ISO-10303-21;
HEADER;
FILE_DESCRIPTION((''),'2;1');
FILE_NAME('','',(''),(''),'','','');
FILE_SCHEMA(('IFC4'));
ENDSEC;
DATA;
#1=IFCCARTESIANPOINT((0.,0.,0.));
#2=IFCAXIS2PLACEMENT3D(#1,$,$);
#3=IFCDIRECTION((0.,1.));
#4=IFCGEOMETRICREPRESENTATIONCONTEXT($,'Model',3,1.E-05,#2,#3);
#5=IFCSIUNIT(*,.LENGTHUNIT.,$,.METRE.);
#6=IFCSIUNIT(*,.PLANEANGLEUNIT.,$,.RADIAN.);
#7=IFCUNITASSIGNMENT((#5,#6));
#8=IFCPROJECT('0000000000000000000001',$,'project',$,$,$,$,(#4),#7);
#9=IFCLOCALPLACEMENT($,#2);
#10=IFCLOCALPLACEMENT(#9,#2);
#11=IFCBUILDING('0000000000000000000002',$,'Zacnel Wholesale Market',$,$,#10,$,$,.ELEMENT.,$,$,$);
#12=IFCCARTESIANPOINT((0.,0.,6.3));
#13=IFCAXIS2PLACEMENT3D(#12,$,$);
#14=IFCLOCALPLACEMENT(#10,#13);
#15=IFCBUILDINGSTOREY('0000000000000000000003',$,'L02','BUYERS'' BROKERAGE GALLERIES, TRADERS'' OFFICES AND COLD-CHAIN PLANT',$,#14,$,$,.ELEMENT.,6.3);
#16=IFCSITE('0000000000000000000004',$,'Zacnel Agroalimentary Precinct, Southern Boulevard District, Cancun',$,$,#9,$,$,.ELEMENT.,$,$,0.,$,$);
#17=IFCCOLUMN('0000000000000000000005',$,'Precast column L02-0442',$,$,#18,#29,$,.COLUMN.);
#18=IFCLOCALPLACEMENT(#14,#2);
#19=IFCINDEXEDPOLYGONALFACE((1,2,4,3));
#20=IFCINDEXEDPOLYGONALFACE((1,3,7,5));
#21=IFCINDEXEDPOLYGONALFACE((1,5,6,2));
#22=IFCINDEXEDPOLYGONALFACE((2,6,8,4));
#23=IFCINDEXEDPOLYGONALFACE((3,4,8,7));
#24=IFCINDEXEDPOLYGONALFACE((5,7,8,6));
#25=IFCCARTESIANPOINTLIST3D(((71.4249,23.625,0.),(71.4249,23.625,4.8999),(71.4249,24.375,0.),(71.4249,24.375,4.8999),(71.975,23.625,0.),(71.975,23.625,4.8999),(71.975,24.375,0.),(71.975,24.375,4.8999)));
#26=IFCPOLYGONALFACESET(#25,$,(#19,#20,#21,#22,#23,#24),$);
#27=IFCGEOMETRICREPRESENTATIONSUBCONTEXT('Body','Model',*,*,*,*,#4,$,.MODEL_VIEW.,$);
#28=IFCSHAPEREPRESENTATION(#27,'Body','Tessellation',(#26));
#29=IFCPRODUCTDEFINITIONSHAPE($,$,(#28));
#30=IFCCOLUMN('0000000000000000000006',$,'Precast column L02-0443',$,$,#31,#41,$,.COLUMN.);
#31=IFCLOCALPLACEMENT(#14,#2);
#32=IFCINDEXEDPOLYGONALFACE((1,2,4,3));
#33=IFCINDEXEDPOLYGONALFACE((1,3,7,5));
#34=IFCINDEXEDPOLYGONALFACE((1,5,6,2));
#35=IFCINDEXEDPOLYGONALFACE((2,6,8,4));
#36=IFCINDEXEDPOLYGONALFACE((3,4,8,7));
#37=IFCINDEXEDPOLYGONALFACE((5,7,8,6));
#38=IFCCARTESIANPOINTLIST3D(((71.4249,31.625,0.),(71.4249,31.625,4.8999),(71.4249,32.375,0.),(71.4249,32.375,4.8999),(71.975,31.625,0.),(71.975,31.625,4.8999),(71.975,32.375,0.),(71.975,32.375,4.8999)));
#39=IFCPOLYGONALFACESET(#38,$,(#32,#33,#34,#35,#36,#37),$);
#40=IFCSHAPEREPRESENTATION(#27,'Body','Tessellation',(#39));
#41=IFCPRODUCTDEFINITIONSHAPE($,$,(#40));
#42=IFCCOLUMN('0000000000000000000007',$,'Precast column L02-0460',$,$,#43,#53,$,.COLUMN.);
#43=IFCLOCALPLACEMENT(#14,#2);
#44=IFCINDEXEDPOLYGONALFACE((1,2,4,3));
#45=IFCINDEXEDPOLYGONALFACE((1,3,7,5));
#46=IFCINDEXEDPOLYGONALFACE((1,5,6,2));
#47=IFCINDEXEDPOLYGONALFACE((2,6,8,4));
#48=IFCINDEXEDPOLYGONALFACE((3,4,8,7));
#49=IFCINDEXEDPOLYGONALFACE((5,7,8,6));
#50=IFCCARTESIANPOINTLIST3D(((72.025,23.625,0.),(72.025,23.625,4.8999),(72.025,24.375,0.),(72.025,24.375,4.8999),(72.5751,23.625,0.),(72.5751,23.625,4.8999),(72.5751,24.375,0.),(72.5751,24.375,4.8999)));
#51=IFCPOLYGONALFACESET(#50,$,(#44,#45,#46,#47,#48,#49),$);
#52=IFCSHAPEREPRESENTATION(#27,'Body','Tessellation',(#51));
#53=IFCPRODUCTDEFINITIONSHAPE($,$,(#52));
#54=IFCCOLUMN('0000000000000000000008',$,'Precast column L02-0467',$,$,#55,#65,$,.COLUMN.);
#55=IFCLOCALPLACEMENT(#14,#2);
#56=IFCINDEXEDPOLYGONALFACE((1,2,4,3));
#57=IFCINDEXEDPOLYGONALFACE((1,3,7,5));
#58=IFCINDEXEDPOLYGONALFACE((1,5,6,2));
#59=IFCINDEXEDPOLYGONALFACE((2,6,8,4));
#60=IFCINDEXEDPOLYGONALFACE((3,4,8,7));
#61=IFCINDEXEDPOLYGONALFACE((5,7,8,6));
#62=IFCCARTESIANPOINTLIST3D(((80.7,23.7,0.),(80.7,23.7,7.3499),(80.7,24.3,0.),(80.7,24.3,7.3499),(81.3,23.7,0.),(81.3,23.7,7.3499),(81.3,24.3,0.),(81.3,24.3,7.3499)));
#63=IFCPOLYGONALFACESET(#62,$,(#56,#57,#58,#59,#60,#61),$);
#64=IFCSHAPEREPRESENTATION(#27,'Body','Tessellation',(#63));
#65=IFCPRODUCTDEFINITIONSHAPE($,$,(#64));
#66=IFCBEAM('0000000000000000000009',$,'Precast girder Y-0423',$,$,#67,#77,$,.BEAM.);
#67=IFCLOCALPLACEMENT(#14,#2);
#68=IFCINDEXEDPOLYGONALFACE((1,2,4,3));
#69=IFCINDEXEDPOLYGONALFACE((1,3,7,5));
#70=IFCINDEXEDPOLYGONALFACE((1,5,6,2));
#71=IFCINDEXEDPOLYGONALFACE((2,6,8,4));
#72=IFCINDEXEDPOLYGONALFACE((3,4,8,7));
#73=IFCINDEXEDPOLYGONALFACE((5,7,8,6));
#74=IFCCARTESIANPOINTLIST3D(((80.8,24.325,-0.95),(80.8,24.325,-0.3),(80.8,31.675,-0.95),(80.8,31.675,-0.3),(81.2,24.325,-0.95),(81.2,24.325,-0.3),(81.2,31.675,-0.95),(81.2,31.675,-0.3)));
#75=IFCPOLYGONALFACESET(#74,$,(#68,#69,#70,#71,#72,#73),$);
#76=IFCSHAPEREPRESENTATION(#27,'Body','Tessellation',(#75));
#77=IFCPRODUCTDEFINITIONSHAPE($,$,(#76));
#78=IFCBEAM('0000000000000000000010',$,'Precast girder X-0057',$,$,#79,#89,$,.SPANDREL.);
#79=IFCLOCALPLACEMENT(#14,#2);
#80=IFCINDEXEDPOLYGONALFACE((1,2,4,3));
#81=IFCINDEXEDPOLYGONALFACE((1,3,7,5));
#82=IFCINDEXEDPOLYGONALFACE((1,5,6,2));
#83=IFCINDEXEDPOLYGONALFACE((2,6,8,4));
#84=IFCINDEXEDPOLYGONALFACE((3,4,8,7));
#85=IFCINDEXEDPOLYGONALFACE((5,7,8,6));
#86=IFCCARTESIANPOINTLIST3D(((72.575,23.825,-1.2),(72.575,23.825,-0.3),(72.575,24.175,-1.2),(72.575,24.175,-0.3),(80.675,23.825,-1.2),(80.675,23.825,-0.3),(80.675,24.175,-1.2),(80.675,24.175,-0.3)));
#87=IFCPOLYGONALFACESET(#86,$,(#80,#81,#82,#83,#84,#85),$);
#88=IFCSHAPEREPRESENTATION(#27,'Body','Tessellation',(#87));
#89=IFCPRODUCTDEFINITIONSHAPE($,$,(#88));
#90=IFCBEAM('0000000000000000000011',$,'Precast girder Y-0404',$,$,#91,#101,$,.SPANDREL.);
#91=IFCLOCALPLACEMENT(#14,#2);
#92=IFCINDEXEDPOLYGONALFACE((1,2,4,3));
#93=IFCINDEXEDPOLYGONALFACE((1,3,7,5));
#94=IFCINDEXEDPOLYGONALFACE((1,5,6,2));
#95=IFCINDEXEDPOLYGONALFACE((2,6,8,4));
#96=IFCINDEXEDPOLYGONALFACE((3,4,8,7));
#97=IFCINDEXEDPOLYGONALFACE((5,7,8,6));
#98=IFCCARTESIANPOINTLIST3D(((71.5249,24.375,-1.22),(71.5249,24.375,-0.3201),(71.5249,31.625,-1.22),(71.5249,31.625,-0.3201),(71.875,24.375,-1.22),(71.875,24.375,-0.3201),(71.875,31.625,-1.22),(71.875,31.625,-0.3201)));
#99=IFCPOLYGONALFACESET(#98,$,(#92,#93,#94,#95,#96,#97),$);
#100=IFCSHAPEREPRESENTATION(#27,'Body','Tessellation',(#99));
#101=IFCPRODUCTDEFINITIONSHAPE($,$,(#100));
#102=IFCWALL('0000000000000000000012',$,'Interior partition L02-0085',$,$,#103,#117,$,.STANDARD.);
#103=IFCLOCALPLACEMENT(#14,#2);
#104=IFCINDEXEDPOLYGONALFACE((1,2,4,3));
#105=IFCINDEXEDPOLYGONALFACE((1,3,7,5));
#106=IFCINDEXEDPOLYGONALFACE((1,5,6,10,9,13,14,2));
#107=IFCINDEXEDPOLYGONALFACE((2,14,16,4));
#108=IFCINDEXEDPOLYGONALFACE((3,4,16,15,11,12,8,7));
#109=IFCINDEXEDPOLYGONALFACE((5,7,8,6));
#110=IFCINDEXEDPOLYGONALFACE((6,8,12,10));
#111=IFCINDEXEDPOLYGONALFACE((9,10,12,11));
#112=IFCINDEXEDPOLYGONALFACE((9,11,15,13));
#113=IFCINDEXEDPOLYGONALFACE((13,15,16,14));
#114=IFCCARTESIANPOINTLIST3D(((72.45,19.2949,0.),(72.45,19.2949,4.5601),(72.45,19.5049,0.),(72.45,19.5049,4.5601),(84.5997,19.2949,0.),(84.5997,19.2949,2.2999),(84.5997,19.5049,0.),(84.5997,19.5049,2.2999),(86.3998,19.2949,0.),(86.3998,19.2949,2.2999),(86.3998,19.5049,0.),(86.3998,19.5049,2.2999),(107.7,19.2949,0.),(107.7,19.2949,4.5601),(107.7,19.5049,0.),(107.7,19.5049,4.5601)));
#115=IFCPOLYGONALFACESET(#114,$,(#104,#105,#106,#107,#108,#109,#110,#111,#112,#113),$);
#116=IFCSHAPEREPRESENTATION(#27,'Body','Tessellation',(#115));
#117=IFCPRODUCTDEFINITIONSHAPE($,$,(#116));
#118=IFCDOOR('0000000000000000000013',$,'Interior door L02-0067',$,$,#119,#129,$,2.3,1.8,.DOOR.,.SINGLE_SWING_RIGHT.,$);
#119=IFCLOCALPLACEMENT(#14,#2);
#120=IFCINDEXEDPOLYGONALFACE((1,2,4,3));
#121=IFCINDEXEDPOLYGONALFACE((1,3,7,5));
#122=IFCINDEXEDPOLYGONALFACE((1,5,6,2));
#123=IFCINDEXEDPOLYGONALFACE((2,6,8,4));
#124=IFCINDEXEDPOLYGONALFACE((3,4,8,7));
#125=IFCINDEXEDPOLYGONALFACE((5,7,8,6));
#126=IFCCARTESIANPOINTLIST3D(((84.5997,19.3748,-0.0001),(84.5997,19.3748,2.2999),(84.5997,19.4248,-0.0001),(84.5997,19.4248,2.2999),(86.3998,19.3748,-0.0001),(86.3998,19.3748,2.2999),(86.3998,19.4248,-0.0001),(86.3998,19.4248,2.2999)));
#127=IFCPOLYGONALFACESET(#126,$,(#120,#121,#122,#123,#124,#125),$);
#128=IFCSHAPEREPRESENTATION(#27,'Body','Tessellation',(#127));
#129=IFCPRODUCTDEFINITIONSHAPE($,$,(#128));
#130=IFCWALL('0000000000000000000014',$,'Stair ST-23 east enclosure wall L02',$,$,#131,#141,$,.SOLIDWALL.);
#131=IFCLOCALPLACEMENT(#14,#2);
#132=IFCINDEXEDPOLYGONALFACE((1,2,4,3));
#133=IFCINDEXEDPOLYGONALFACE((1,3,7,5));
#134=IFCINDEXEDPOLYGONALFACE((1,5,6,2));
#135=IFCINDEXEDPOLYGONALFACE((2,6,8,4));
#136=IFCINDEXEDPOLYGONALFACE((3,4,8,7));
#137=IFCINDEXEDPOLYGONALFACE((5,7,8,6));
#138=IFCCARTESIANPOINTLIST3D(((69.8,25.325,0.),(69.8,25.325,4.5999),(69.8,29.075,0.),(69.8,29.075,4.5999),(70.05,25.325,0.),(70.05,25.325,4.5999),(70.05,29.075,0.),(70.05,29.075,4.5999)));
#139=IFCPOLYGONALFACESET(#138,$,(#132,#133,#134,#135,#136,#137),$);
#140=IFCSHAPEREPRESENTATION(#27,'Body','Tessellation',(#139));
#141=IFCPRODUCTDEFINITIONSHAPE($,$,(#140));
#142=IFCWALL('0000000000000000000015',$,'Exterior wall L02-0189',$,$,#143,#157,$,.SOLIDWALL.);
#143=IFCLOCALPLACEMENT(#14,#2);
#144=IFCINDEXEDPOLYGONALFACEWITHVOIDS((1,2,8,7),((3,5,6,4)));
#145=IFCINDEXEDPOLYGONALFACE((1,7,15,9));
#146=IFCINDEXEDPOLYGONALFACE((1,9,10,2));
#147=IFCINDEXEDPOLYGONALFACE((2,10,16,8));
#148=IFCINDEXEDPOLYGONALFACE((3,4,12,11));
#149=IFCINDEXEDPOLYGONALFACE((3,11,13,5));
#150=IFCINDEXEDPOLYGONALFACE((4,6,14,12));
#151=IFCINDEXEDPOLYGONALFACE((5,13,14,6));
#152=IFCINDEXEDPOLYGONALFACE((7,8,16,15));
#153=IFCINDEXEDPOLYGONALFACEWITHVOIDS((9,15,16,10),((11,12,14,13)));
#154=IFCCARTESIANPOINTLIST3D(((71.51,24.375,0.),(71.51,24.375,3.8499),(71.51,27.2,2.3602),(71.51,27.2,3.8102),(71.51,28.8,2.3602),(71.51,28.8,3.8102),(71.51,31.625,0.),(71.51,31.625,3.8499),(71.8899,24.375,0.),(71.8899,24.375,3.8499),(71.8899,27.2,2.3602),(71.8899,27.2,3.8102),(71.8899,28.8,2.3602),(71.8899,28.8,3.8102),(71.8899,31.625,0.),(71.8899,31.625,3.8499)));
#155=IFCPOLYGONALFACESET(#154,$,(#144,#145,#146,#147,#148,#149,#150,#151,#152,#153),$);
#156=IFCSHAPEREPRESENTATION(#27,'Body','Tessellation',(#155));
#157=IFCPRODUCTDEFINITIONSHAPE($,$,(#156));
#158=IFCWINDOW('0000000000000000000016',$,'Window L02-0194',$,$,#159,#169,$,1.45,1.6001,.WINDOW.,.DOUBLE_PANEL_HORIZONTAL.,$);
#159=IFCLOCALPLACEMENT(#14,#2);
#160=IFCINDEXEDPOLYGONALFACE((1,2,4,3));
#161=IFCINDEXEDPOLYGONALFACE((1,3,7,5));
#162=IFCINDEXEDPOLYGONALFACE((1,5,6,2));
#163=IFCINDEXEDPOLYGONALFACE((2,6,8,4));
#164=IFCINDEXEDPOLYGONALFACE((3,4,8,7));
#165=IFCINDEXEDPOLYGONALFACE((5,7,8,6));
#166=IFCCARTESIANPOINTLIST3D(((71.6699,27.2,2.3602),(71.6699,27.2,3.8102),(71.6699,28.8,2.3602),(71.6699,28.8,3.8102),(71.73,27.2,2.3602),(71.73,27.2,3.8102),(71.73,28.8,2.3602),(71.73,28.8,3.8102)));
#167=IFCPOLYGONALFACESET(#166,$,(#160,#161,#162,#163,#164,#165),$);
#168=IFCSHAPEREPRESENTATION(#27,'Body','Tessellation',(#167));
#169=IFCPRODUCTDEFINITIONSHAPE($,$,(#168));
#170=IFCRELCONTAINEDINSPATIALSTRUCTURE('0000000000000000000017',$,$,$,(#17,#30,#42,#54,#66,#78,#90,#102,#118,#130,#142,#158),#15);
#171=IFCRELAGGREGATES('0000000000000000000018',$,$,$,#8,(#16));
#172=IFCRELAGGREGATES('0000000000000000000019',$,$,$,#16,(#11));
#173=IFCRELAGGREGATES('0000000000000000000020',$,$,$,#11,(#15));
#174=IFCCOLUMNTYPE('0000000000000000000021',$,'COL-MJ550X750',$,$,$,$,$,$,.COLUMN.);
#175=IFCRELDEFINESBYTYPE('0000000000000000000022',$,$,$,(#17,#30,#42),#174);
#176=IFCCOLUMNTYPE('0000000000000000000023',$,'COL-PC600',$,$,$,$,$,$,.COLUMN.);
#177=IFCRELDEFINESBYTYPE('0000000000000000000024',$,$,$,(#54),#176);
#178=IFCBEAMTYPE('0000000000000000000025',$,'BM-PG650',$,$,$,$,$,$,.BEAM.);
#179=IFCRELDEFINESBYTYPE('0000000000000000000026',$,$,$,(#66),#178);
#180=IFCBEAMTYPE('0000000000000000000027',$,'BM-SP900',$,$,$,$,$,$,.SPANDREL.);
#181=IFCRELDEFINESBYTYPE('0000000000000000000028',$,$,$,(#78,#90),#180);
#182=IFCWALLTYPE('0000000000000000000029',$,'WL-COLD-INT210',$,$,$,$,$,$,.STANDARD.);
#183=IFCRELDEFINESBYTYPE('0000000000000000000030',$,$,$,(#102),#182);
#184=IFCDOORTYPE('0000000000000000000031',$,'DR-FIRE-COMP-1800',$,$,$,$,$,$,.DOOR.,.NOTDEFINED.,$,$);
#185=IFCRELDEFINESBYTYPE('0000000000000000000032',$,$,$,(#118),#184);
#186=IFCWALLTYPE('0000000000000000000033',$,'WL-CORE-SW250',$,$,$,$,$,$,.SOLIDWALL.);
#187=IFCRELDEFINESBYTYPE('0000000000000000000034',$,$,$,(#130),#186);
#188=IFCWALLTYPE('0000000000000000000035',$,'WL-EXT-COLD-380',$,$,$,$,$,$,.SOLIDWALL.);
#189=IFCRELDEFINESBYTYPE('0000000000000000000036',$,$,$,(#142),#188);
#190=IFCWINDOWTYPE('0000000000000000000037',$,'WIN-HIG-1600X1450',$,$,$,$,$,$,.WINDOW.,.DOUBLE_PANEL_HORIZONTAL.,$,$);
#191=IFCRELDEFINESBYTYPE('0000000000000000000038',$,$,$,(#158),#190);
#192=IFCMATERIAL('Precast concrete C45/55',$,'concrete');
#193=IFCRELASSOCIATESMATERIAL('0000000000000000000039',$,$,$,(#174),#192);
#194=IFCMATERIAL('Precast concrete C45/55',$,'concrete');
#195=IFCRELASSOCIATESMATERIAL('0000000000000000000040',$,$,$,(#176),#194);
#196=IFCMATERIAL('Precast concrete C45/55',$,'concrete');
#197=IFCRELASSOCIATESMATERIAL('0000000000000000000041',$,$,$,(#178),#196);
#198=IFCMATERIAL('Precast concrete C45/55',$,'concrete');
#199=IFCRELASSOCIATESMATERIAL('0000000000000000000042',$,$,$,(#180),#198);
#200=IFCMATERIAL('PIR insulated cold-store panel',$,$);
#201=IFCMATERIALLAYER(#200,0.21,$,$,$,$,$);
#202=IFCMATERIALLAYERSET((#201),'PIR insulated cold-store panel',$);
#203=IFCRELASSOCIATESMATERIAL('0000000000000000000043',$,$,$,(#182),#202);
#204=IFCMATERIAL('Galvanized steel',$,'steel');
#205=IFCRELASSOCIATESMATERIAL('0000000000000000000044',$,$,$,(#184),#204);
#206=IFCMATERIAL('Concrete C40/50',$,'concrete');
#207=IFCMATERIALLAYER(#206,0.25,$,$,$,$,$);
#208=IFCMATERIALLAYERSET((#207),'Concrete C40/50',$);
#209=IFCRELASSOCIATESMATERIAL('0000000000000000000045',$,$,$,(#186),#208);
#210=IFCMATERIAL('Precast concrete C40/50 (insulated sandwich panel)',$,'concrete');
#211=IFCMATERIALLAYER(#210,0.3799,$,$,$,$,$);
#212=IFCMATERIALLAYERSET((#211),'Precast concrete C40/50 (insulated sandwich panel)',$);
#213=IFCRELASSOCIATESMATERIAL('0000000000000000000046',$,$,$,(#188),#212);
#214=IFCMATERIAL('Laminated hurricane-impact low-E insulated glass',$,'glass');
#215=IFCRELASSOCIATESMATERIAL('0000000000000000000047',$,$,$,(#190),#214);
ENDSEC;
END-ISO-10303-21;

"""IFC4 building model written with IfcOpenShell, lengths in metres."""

from ifc_helpers import new_model, si_unit, direction, frame, frame_2d, origin, origin_2d, place, context, subcontext, project, spatial, rectangle, extrude, material, layer, layer_set, material_profile, profile_set, type_object, element, fill, save


model = new_model("IFC4")

# Units and contexts
model_context = context("Model", 3, precision=1e-05, world=origin(), true_north=direction((0.0, 1.0)))
body_context = subcontext(model_context, "Body", "Model", "MODEL_VIEW")
ifc_project = project(units=[si_unit("LENGTHUNIT", "METRE"), si_unit("PLANEANGLEUNIT", "RADIAN")], contexts=[model_context])

# Site, building, storey
site_placement = place(None, origin())
site = spatial("IfcSite", under=ifc_project, at=site_placement, Name="Zacnel Agroalimentary Precinct, Southern Boulevard District, Cancun", CompositionType="ELEMENT", RefElevation=0.0)
building_placement = place(site_placement, origin())
building = spatial("IfcBuilding", under=site, at=building_placement, Name="Zacnel Wholesale Market", CompositionType="ELEMENT")
storey_placement = place(building_placement, frame((0.0, 0.0, 6.3)))
storey = spatial("IfcBuildingStorey", under=building, at=storey_placement, Name="L02", Description="BUYERS' BROKERAGE GALLERIES, TRADERS' OFFICES AND COLD-CHAIN PLANT", CompositionType="ELEMENT", Elevation=6.3)

# Columns
ifc_material_1 = material(Name="Precast concrete C45/55", Category="concrete")
ifc_material_profile_1 = material_profile(ifc_material_1, rectangle(XDim=0.55, YDim=0.75, at=origin_2d()), Name="PC 550x750")
ifc_profile_set_1 = profile_set([ifc_material_profile_1], Name="Precast concrete C45/55")
column_type_1 = type_object("IfcColumnType", Name="COL-MJ550X750", PredefinedType="COLUMN", material=ifc_profile_set_1)
for number, where, z_axis, x_axis, name in (
    (1, (71.7, 24.0, 0.0), (0.0, 0.0, 1.0), (1.0, 0.0, 0.0), "Precast column L02-0442"),
    (2, (71.7, 32.0, 0.0), (0.0, 0.0, 1.0), (1.0, 0.0, 0.0), "Precast column L02-0443"),
    (3, (72.3, 24.0, 0.0), (0.0, 0.0, 1.0), (1.0, 0.0, 0.0), "Precast column L02-0460"),
):
    element("IfcColumn", number, at=place(storey_placement, frame(where, z_axis=z_axis, x_axis=x_axis)), inside=storey, type_object=column_type_1, Name=name, PredefinedType="COLUMN", context=body_context, shape_type="SweptSolid", body=[
        extrude(rectangle(XDim=0.55, YDim=0.75, at=origin_2d()), origin(), (0.0, 0.0, 1.0), 4.8999),
    ])
ifc_material_2 = material(Name="Precast concrete C45/55", Category="concrete")
ifc_material_profile_2 = material_profile(ifc_material_2, rectangle(XDim=0.6001, YDim=0.6001, at=origin_2d()), Name="PC 600x600")
ifc_profile_set_2 = profile_set([ifc_material_profile_2], Name="Precast concrete C45/55")
column_type_2 = type_object("IfcColumnType", Name="COL-PC600", PredefinedType="COLUMN", material=ifc_profile_set_2)
column_placement = place(storey_placement, frame((81.0, 24.0, 0.0), z_axis=(0.0, 0.0, 1.0), x_axis=(1.0, 0.0, 0.0)))
element("IfcColumn", 4, at=column_placement, inside=storey, type_object=column_type_2, Name="Precast column L02-0467", PredefinedType="COLUMN", context=body_context, shape_type="SweptSolid", body=[
    extrude(rectangle(XDim=0.6001, YDim=0.6001, at=origin_2d()), origin(), (0.0, 0.0, 1.0), 7.3499),
])

# Beams
ifc_material_3 = material(Name="Precast concrete C45/55", Category="concrete")
ifc_material_profile_3 = material_profile(ifc_material_3, rectangle(XDim=0.3999, YDim=0.6499, at=origin_2d()), Name="PG 400x650")
ifc_profile_set_3 = profile_set([ifc_material_profile_3], Name="Precast concrete C45/55")
beam_type_1 = type_object("IfcBeamType", Name="BM-PG650", PredefinedType="BEAM", material=ifc_profile_set_3)
beam_1_placement = place(storey_placement, frame((81.0, 24.325, -0.625), z_axis=(0.0, 1.0, 0.0), x_axis=(-1.0, 0.0, 0.0)))
element("IfcBeam", 5, at=beam_1_placement, inside=storey, type_object=beam_type_1, Name="Precast girder Y-0423", PredefinedType="BEAM", context=body_context, shape_type="SweptSolid", body=[
    extrude(rectangle(XDim=0.3999, YDim=0.6499, at=origin_2d()), origin(), (0.0, 0.0, 1.0), 7.3501),
])
ifc_material_4 = material(Name="Precast concrete C45/55", Category="concrete")
ifc_material_profile_4 = material_profile(ifc_material_4, rectangle(XDim=0.3501, YDim=0.8999, at=origin_2d()), Name="SP 350x900")
ifc_profile_set_4 = profile_set([ifc_material_profile_4], Name="Precast concrete C45/55")
beam_type_2 = type_object("IfcBeamType", Name="BM-SP900", PredefinedType="SPANDREL", material=ifc_profile_set_4)
beam_2_placement = place(storey_placement, frame((72.575, 24.0, -0.75), z_axis=(1.0, 0.0, 0.0), x_axis=(0.0, 1.0, 0.0)))
element("IfcBeam", 6, at=beam_2_placement, inside=storey, type_object=beam_type_2, Name="Precast girder X-0057", PredefinedType="SPANDREL", context=body_context, shape_type="SweptSolid", body=[
    extrude(rectangle(XDim=0.3501, YDim=0.8999, at=origin_2d()), origin(), (0.0, 0.0, 1.0), 8.1001),
])
beam_3_placement = place(storey_placement, frame((71.7, 24.375, -0.77), z_axis=(0.0, 1.0, 0.0), x_axis=(-1.0, 0.0, 0.0)))
element("IfcBeam", 7, at=beam_3_placement, inside=storey, type_object=beam_type_2, Name="Precast girder Y-0404", PredefinedType="SPANDREL", context=body_context, shape_type="SweptSolid", body=[
    extrude(rectangle(XDim=0.3501, YDim=0.8999, at=origin_2d()), origin(), (0.0, 0.0, 1.0), 7.25),
])

# Wall, opening, door
ifc_material_5 = material(Name="PIR insulated cold-store panel")
ifc_layer_1 = layer(ifc_material_5, 0.21)
ifc_layer_set_1 = layer_set([ifc_layer_1], Name="PIR insulated cold-store panel")
wall_type_1 = type_object("IfcWallType", Name="WL-COLD-INT210", PredefinedType="STANDARD", material=ifc_layer_set_1)
wall_1_placement = place(storey_placement, frame((72.45, 19.3999, 0.0), z_axis=(0.0, 0.0, 1.0), x_axis=(1.0, 0.0, 0.0)))
wall_1 = element("IfcWall", 8, at=wall_1_placement, inside=storey, type_object=wall_type_1, Name="Interior partition L02-0085", PredefinedType="STANDARD", context=body_context, shape_type="SweptSolid", body=[
    extrude(rectangle(XDim=35.25, YDim=0.21, at=frame_2d((17.625, 0.0))), origin(), (0.0, 0.0, 1.0), 4.5601),
])
opening_1_placement = place(wall_1_placement, frame((12.1499, 0.0, 0.0)))
opening_1 = element("IfcOpeningElement", 9, at=opening_1_placement, cuts=wall_1, PredefinedType="OPENING", context=body_context, shape_type="SweptSolid", body=[
    extrude(rectangle(XDim=1.8, YDim=2.3, at=frame_2d((0.8999, 1.1499))), frame((0.0, 0.115, 0.0), z_axis=(0.0, -1.0, 0.0), x_axis=(1.0, 0.0, 0.0)), (0.0, 0.0, 1.0), 0.23),
])
ifc_material_6 = material(Name="Galvanized steel", Category="steel")
door_type = type_object("IfcDoorType", Name="DR-FIRE-COMP-1800", OperationType="NOTDEFINED", PredefinedType="DOOR", material=ifc_material_6)
door_placement = place(opening_1_placement, origin())
door = element("IfcDoor", 10, at=door_placement, inside=storey, type_object=door_type, Name="Interior door L02-0067", OperationType="SINGLE_SWING_RIGHT", OverallHeight=2.3, OverallWidth=1.8, PredefinedType="DOOR", context=body_context, shape_type="SweptSolid", body=[
    extrude(rectangle(XDim=1.8, YDim=2.3, at=frame_2d((0.8999, 1.1499))), frame((0.0, 0.0249, 0.0), z_axis=(0.0, -1.0, 0.0), x_axis=(1.0, 0.0, 0.0)), (0.0, 0.0, 1.0), 0.05),
])
fill(opening_1, door)

# Wall
ifc_material_7 = material(Name="Concrete C40/50", Category="concrete")
ifc_layer_2 = layer(ifc_material_7, 0.25)
ifc_layer_set_2 = layer_set([ifc_layer_2], Name="Concrete C40/50")
wall_type_2 = type_object("IfcWallType", Name="WL-CORE-SW250", PredefinedType="SOLIDWALL", material=ifc_layer_set_2)
wall_2_placement = place(storey_placement, frame((69.925, 25.325, 0.0), z_axis=(0.0, 0.0, 1.0), x_axis=(0.0, 1.0, 0.0)))
element("IfcWall", 11, at=wall_2_placement, inside=storey, type_object=wall_type_2, Name="Stair ST-23 east enclosure wall L02", PredefinedType="SOLIDWALL", context=body_context, shape_type="SweptSolid", body=[
    extrude(rectangle(XDim=3.75, YDim=0.25, at=frame_2d((1.875, 0.0))), origin(), (0.0, 0.0, 1.0), 4.5999),
])

# Wall, opening, window
ifc_material_8 = material(Name="Precast concrete C40/50 (insulated sandwich panel)", Category="concrete")
ifc_layer_3 = layer(ifc_material_8, 0.3799)
ifc_layer_set_3 = layer_set([ifc_layer_3], Name="Precast concrete C40/50 (insulated sandwich panel)")
wall_type_3 = type_object("IfcWallType", Name="WL-EXT-COLD-380", PredefinedType="SOLIDWALL", material=ifc_layer_set_3)
wall_3_placement = place(storey_placement, frame((71.7, 24.375, 0.0), z_axis=(0.0, 0.0, 1.0), x_axis=(0.0, 1.0, 0.0)))
wall_3 = element("IfcWall", 12, at=wall_3_placement, inside=storey, type_object=wall_type_3, Name="Exterior wall L02-0189", PredefinedType="SOLIDWALL", context=body_context, shape_type="SweptSolid", body=[
    extrude(rectangle(XDim=7.25, YDim=0.3799, at=frame_2d((3.625, 0.0))), origin(), (0.0, 0.0, 1.0), 3.8499),
])
opening_2_placement = place(wall_3_placement, frame((2.825, 0.0, 2.3601)))
opening_2 = element("IfcOpeningElement", 13, at=opening_2_placement, cuts=wall_3, PredefinedType="OPENING", context=body_context, shape_type="SweptSolid", body=[
    extrude(rectangle(XDim=1.6001, YDim=1.45, at=frame_2d((0.8, 0.7251))), frame((0.0, 0.2, 0.0), z_axis=(0.0, -1.0, 0.0), x_axis=(1.0, 0.0, 0.0)), (0.0, 0.0, 1.0), 0.3999),
])
ifc_material_9 = material(Name="Laminated hurricane-impact low-E insulated glass", Category="glass")
window_type_1 = type_object("IfcWindowType", Name="WIN-HIG-1600X1450", PartitioningType="DOUBLE_PANEL_HORIZONTAL", PredefinedType="WINDOW", material=ifc_material_9)
window_1_placement = place(opening_2_placement, origin())
window_1 = element("IfcWindow", 14, at=window_1_placement, inside=storey, type_object=window_type_1, Name="Window L02-0194", OverallHeight=1.45, OverallWidth=1.6001, PartitioningType="DOUBLE_PANEL_HORIZONTAL", PredefinedType="WINDOW", context=body_context, shape_type="SweptSolid", body=[
    extrude(rectangle(XDim=1.6001, YDim=1.45, at=frame_2d((0.8, 0.7251))), frame((0.0, 0.03, 0.0), z_axis=(0.0, -1.0, 0.0), x_axis=(1.0, 0.0, 0.0)), (0.0, 0.0, 1.0), 0.0601),
])
fill(opening_2, window_1)

save(model, "model.ifc")
